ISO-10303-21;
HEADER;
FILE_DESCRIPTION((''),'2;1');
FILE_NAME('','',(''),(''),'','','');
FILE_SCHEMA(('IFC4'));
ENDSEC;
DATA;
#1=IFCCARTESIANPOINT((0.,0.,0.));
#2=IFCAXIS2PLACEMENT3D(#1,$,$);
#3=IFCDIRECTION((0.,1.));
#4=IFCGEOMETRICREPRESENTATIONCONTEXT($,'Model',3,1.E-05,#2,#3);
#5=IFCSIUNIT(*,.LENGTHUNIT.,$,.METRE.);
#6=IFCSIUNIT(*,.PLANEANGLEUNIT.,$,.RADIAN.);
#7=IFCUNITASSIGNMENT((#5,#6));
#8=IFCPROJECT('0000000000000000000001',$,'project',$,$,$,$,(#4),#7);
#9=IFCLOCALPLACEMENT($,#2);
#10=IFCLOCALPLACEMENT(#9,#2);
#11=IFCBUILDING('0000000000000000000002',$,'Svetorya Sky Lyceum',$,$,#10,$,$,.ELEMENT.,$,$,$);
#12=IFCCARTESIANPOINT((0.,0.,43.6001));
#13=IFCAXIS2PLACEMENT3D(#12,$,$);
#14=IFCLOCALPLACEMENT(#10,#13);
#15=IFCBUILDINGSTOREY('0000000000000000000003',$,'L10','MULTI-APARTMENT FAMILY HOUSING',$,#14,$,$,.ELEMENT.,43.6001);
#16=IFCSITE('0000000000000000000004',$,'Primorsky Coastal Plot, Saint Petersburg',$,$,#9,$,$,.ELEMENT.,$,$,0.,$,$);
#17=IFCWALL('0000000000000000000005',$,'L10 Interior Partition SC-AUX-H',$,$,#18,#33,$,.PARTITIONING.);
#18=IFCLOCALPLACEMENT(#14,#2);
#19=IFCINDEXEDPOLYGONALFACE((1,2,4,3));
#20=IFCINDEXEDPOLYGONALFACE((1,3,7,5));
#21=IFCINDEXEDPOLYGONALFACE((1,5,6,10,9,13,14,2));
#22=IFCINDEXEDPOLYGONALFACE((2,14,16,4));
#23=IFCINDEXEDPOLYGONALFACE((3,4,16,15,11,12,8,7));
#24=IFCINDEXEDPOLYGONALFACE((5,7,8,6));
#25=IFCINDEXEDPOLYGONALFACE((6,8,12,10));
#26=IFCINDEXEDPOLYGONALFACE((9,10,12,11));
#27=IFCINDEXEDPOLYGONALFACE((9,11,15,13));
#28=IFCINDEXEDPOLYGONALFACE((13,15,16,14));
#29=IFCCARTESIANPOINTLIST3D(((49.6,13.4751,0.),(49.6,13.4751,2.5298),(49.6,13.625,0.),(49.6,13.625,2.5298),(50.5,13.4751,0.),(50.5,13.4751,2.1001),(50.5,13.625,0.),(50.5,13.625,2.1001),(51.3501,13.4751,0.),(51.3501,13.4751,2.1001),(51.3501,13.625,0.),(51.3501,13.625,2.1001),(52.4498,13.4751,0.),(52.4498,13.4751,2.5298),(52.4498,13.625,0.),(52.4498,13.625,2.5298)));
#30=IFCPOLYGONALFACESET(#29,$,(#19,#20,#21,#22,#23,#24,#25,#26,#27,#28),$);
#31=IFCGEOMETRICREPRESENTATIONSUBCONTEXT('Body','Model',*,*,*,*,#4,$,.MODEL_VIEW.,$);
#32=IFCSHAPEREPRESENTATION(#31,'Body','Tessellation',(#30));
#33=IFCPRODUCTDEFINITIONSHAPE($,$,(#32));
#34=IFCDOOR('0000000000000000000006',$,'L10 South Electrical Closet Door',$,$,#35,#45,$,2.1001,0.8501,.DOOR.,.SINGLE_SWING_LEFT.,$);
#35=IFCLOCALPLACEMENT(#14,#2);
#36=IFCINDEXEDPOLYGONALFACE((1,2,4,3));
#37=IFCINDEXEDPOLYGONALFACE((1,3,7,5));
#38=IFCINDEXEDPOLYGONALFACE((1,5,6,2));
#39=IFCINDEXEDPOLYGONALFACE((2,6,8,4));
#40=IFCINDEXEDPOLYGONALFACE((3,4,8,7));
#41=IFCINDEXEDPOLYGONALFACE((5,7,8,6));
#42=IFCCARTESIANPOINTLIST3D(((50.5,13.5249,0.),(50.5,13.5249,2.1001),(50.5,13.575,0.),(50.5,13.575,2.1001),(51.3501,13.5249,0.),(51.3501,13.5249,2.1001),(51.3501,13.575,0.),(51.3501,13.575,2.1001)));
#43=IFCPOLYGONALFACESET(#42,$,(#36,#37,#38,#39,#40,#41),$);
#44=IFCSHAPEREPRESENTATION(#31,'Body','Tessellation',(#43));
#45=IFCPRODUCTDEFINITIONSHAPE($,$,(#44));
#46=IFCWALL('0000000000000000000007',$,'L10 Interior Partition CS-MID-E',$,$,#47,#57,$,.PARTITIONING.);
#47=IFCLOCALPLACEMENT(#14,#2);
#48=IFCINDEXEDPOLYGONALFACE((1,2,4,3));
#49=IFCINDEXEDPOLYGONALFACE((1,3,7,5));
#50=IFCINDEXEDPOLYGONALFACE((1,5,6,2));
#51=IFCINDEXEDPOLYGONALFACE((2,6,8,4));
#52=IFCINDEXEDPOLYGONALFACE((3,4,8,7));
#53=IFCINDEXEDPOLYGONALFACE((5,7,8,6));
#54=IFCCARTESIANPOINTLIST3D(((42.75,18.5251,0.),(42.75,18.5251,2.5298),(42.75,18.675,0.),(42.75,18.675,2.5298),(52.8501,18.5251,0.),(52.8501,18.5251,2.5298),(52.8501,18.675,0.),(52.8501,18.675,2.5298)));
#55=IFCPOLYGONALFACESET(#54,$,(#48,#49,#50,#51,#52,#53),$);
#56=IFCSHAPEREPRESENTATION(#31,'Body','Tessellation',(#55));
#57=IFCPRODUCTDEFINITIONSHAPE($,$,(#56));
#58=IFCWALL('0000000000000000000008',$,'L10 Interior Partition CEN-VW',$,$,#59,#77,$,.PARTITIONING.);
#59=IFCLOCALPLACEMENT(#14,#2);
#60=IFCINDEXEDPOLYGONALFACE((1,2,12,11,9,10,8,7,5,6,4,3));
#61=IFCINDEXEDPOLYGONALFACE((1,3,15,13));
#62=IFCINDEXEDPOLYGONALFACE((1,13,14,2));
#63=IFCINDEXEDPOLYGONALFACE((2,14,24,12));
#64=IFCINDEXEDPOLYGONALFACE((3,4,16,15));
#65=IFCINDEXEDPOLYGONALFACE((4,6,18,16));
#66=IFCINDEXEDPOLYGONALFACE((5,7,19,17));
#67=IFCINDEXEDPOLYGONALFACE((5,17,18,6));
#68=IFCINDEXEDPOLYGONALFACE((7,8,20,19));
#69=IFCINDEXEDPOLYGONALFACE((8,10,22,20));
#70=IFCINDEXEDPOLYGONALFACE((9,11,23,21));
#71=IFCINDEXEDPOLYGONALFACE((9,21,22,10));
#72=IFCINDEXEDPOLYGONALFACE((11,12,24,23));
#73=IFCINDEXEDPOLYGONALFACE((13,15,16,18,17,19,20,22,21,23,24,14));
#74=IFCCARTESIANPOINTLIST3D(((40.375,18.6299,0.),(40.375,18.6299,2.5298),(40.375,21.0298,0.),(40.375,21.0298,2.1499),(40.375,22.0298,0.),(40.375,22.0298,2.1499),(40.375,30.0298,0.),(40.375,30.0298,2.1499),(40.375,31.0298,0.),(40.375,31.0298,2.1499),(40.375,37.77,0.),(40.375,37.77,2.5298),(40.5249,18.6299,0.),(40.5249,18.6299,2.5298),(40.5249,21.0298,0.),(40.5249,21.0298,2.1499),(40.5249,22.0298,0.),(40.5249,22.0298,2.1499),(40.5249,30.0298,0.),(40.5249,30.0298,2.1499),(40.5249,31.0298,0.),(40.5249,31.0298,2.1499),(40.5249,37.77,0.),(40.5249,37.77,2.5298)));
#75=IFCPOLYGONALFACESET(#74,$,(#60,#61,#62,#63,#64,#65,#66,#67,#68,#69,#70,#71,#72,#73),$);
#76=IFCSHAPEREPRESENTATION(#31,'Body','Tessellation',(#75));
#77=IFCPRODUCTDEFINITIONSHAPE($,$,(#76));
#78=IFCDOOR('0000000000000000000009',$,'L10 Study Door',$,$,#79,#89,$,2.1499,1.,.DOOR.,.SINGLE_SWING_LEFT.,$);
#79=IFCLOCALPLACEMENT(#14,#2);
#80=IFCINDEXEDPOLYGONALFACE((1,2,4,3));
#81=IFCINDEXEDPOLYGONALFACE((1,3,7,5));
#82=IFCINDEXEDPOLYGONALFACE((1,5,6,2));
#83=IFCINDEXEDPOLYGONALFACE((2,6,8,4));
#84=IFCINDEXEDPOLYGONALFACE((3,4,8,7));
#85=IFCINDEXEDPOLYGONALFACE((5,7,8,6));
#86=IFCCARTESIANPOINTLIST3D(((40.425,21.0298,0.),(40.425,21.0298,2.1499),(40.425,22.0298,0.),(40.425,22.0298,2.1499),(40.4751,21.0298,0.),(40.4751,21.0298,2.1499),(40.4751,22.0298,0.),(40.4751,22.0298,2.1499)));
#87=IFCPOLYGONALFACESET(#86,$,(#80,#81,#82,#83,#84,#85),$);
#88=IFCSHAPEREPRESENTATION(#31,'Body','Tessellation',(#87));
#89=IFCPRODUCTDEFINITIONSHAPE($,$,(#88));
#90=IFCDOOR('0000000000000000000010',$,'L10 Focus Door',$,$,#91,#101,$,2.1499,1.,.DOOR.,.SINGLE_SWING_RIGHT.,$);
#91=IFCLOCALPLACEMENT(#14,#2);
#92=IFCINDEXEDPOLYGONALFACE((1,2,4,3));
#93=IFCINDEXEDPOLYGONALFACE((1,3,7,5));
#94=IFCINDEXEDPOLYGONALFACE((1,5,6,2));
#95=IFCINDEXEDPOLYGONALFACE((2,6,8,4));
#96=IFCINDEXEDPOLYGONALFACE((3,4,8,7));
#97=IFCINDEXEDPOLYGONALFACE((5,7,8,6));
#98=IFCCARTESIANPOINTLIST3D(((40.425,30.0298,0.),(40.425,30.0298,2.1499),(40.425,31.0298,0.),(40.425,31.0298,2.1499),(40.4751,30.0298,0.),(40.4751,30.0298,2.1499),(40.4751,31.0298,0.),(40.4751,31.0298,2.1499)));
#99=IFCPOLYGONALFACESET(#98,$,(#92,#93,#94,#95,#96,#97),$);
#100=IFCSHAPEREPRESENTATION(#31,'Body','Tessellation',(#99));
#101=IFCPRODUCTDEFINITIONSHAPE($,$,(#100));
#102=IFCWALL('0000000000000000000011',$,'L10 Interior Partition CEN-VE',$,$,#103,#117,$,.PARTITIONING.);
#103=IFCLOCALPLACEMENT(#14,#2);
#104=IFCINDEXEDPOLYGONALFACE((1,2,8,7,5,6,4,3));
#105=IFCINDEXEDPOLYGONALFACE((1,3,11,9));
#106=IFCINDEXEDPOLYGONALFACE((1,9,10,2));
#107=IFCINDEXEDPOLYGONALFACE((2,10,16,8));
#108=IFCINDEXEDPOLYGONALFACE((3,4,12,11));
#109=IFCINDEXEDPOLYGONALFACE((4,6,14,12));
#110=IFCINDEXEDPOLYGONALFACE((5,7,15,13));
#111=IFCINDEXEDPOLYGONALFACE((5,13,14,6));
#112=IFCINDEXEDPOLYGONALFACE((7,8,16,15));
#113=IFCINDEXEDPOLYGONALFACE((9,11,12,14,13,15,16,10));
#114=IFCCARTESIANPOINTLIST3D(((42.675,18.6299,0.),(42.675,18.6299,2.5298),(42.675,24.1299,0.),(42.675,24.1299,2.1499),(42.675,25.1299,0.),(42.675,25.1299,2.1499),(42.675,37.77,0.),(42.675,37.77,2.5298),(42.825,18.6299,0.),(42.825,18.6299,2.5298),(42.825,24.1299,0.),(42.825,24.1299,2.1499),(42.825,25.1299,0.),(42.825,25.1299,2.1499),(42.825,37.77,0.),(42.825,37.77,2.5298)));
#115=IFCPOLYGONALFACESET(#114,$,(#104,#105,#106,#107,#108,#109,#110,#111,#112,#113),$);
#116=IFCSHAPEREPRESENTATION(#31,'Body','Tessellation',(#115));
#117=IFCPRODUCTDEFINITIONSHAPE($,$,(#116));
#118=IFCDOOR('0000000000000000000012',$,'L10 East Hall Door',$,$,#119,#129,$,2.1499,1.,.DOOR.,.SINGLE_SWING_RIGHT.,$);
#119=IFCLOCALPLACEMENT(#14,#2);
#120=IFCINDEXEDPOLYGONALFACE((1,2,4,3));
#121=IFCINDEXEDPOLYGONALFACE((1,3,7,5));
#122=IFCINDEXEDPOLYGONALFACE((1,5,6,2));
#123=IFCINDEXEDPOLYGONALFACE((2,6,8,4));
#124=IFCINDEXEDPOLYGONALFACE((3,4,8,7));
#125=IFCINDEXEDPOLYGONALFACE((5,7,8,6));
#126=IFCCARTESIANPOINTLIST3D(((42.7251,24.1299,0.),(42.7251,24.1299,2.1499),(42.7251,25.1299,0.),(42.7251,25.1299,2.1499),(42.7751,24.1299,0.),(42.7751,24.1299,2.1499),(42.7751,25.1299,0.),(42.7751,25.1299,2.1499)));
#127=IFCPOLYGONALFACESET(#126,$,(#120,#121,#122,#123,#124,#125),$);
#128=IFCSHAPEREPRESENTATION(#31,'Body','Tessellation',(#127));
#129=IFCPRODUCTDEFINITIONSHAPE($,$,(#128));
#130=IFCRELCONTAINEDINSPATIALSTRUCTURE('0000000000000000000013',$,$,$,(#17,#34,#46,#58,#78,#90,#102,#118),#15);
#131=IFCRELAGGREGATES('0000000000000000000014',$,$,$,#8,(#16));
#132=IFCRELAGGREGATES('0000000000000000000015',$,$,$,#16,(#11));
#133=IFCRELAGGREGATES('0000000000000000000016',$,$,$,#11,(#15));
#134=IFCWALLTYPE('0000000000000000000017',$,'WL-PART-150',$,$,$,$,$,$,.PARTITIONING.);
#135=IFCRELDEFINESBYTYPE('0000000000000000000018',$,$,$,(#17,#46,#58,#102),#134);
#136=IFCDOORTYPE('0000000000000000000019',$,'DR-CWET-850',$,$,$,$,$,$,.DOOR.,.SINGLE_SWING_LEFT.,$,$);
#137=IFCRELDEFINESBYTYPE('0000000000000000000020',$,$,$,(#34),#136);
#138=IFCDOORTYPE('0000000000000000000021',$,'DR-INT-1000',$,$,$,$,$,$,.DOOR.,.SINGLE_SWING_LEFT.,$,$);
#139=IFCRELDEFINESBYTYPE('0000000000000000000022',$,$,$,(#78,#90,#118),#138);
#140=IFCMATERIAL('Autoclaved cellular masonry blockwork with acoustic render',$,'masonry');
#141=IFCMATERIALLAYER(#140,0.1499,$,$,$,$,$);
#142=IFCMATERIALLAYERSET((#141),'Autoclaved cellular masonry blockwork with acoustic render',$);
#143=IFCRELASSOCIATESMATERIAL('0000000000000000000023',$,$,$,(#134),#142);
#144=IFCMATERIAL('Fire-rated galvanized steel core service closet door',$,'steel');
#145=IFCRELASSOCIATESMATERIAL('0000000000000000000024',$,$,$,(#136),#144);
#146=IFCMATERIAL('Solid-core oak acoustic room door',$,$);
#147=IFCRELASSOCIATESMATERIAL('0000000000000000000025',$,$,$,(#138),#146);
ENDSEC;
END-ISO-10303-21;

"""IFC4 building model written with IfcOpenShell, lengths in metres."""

from ifc_helpers import new_model, si_unit, direction, frame, frame_2d, origin, place, context, subcontext, project, spatial, rectangle, extrude, material, layer, layer_set, type_object, element, fill, save


model = new_model("IFC4")

# Units and contexts
model_context = context("Model", 3, precision=1e-05, world=origin(), true_north=direction((0.0, 1.0)))
body_context = subcontext(model_context, "Body", "Model", "MODEL_VIEW")
ifc_project = project(units=[si_unit("LENGTHUNIT", "METRE"), si_unit("PLANEANGLEUNIT", "RADIAN")], contexts=[model_context])

# Site, building, storey
site_placement = place(None, origin())
site = spatial("IfcSite", under=ifc_project, at=site_placement, Name="Primorsky Coastal Plot, Saint Petersburg", CompositionType="ELEMENT", RefElevation=0.0)
building_placement = place(site_placement, origin())
building = spatial("IfcBuilding", under=site, at=building_placement, Name="Svetorya Sky Lyceum", CompositionType="ELEMENT")
storey_placement = place(building_placement, frame((0.0, 0.0, 43.6001)))
storey = spatial("IfcBuildingStorey", under=building, at=storey_placement, Name="L10", Description="MULTI-APARTMENT FAMILY HOUSING", CompositionType="ELEMENT", Elevation=43.6001)

# Shared definitions
ifc_material_1 = material(Name="Autoclaved cellular masonry blockwork with acoustic render", Category="masonry")
ifc_layer_1 = layer(ifc_material_1, 0.1499)
ifc_layer_set_1 = layer_set([ifc_layer_1], Name="Autoclaved cellular masonry blockwork with acoustic render")
wall_type_1 = type_object("IfcWallType", Name="WL-PART-150", PredefinedType="PARTITIONING", material=ifc_layer_set_1)

# Wall, opening, door
wall_1_placement = place(storey_placement, frame((49.6001, 13.55, 0.0), z_axis=(0.0, 0.0, 1.0), x_axis=(1.0, 0.0, 0.0)))
wall_1 = element("IfcWall", 1, at=wall_1_placement, inside=storey, type_object=wall_type_1, Name="L10 Interior Partition SC-AUX-H", PredefinedType="PARTITIONING", context=body_context, shape_type="SweptSolid", body=[
    extrude(rectangle(XDim=2.8499, YDim=0.1499, at=frame_2d((1.4248, 0.0))), origin(), (0.0, 0.0, 1.0), 2.5298),
])
opening_1_placement = place(wall_1_placement, frame((0.8999, 0.0, 0.0)))
opening_1 = element("IfcOpeningElement", 2, at=opening_1_placement, cuts=wall_1, PredefinedType="OPENING", context=body_context, shape_type="SweptSolid", body=[
    extrude(rectangle(XDim=0.8501, YDim=2.1001, at=frame_2d((0.425, 1.05))), frame((0.0, 0.085, 0.0), z_axis=(0.0, -1.0, 0.0), x_axis=(1.0, 0.0, 0.0)), (0.0, 0.0, 1.0), 0.1699),
])
ifc_material_2 = material(Name="Fire-rated galvanized steel core service closet door", Category="steel")
door_type_1 = type_object("IfcDoorType", Name="DR-CWET-850", OperationType="SINGLE_SWING_LEFT", PredefinedType="DOOR", material=ifc_material_2)
door_1_placement = place(opening_1_placement, origin())
door_1 = element("IfcDoor", 3, at=door_1_placement, inside=storey, type_object=door_type_1, Name="L10 South Electrical Closet Door", OperationType="SINGLE_SWING_LEFT", OverallHeight=2.1001, OverallWidth=0.8501, PredefinedType="DOOR", context=body_context, shape_type="SweptSolid", body=[
    extrude(rectangle(XDim=0.8501, YDim=2.1001, at=frame_2d((0.425, 1.05))), frame((0.0, 0.0249, 0.0), z_axis=(0.0, -1.0, 0.0), x_axis=(1.0, 0.0, 0.0)), (0.0, 0.0, 1.0), 0.05),
])
fill(opening_1, door_1)

# Wall
wall_2_placement = place(storey_placement, frame((42.75, 18.6001, 0.0), z_axis=(0.0, 0.0, 1.0), x_axis=(1.0, 0.0, 0.0)))
element("IfcWall", 4, at=wall_2_placement, inside=storey, type_object=wall_type_1, Name="L10 Interior Partition CS-MID-E", PredefinedType="PARTITIONING", context=body_context, shape_type="SweptSolid", body=[
    extrude(rectangle(XDim=10.1001, YDim=0.1499, at=frame_2d((5.05, 0.0))), origin(), (0.0, 0.0, 1.0), 2.5298),
])

# Wall, openings, doors
wall_3_placement = place(storey_placement, frame((40.45, 18.6299, 0.0), z_axis=(0.0, 0.0, 1.0), x_axis=(0.0, 1.0, 0.0)))
wall_3 = element("IfcWall", 5, at=wall_3_placement, inside=storey, type_object=wall_type_1, Name="L10 Interior Partition CEN-VW", PredefinedType="PARTITIONING", context=body_context, shape_type="SweptSolid", body=[
    extrude(rectangle(XDim=19.1401, YDim=0.1499, at=frame_2d((9.5701, 0.0))), origin(), (0.0, 0.0, 1.0), 2.5298),
])
opening_2_placement = place(wall_3_placement, frame((2.3999, 0.0, 0.0)))
opening_2 = element("IfcOpeningElement", 6, at=opening_2_placement, cuts=wall_3, PredefinedType="OPENING", context=body_context, shape_type="SweptSolid", body=[
    extrude(rectangle(XDim=1.0, YDim=2.1499, at=frame_2d((0.5, 1.075))), frame((0.0, 0.085, 0.0), z_axis=(0.0, -1.0, 0.0), x_axis=(1.0, 0.0, 0.0)), (0.0, 0.0, 1.0), 0.1699),
])
opening_3_placement = place(wall_3_placement, frame((11.3999, 0.0, 0.0)))
opening_3 = element("IfcOpeningElement", 7, at=opening_3_placement, cuts=wall_3, PredefinedType="OPENING", context=body_context, shape_type="SweptSolid", body=[
    extrude(rectangle(XDim=1.0, YDim=2.1499, at=frame_2d((0.5, 1.075))), frame((0.0, 0.085, 0.0), z_axis=(0.0, -1.0, 0.0), x_axis=(1.0, 0.0, 0.0)), (0.0, 0.0, 1.0), 0.1699),
])
ifc_material_3 = material(Name="Solid-core oak acoustic room door")
door_type_2 = type_object("IfcDoorType", Name="DR-INT-1000", OperationType="SINGLE_SWING_LEFT", PredefinedType="DOOR", material=ifc_material_3)
door_2_placement = place(opening_2_placement, origin())
door_2 = element("IfcDoor", 8, at=door_2_placement, inside=storey, type_object=door_type_2, Name="L10 Study Door", OperationType="SINGLE_SWING_LEFT", OverallHeight=2.1499, OverallWidth=1.0, PredefinedType="DOOR", context=body_context, shape_type="SweptSolid", body=[
    extrude(rectangle(XDim=1.0, YDim=2.1499, at=frame_2d((0.5, 1.075))), frame((0.0, 0.0249, 0.0), z_axis=(0.0, -1.0, 0.0), x_axis=(1.0, 0.0, 0.0)), (0.0, 0.0, 1.0), 0.05),
])
fill(opening_2, door_2)
door_3_placement = place(opening_3_placement, origin())
door_3 = element("IfcDoor", 9, at=door_3_placement, inside=storey, type_object=door_type_2, Name="L10 Focus Door", OperationType="SINGLE_SWING_RIGHT", OverallHeight=2.1499, OverallWidth=1.0, PredefinedType="DOOR", context=body_context, shape_type="SweptSolid", body=[
    extrude(rectangle(XDim=1.0, YDim=2.1499, at=frame_2d((0.5, 1.075))), frame((0.0, 0.0249, 0.0), z_axis=(0.0, -1.0, 0.0), x_axis=(1.0, 0.0, 0.0)), (0.0, 0.0, 1.0), 0.05),
])
fill(opening_3, door_3)

# Wall, opening, door
wall_4_placement = place(storey_placement, frame((42.75, 18.6299, 0.0), z_axis=(0.0, 0.0, 1.0), x_axis=(0.0, 1.0, 0.0)))
wall_4 = element("IfcWall", 10, at=wall_4_placement, inside=storey, type_object=wall_type_1, Name="L10 Interior Partition CEN-VE", PredefinedType="PARTITIONING", context=body_context, shape_type="SweptSolid", body=[
    extrude(rectangle(XDim=19.1401, YDim=0.1499, at=frame_2d((9.5701, 0.0))), origin(), (0.0, 0.0, 1.0), 2.5298),
])
opening_4_placement = place(wall_4_placement, frame((5.5, 0.0, 0.0)))
opening_4 = element("IfcOpeningElement", 11, at=opening_4_placement, cuts=wall_4, PredefinedType="OPENING", context=body_context, shape_type="SweptSolid", body=[
    extrude(rectangle(XDim=1.0, YDim=2.1499, at=frame_2d((0.5, 1.075))), frame((0.0, 0.085, 0.0), z_axis=(0.0, -1.0, 0.0), x_axis=(1.0, 0.0, 0.0)), (0.0, 0.0, 1.0), 0.1699),
])
door_4_placement = place(opening_4_placement, origin())
door_4 = element("IfcDoor", 12, at=door_4_placement, inside=storey, type_object=door_type_2, Name="L10 East Hall Door", OperationType="SINGLE_SWING_RIGHT", OverallHeight=2.1499, OverallWidth=1.0, PredefinedType="DOOR", context=body_context, shape_type="SweptSolid", body=[
    extrude(rectangle(XDim=1.0, YDim=2.1499, at=frame_2d((0.5, 1.075))), frame((0.0, 0.0249, 0.0), z_axis=(0.0, -1.0, 0.0), x_axis=(1.0, 0.0, 0.0)), (0.0, 0.0, 1.0), 0.05),
])
fill(opening_4, door_4)

save(model, "model.ifc")
